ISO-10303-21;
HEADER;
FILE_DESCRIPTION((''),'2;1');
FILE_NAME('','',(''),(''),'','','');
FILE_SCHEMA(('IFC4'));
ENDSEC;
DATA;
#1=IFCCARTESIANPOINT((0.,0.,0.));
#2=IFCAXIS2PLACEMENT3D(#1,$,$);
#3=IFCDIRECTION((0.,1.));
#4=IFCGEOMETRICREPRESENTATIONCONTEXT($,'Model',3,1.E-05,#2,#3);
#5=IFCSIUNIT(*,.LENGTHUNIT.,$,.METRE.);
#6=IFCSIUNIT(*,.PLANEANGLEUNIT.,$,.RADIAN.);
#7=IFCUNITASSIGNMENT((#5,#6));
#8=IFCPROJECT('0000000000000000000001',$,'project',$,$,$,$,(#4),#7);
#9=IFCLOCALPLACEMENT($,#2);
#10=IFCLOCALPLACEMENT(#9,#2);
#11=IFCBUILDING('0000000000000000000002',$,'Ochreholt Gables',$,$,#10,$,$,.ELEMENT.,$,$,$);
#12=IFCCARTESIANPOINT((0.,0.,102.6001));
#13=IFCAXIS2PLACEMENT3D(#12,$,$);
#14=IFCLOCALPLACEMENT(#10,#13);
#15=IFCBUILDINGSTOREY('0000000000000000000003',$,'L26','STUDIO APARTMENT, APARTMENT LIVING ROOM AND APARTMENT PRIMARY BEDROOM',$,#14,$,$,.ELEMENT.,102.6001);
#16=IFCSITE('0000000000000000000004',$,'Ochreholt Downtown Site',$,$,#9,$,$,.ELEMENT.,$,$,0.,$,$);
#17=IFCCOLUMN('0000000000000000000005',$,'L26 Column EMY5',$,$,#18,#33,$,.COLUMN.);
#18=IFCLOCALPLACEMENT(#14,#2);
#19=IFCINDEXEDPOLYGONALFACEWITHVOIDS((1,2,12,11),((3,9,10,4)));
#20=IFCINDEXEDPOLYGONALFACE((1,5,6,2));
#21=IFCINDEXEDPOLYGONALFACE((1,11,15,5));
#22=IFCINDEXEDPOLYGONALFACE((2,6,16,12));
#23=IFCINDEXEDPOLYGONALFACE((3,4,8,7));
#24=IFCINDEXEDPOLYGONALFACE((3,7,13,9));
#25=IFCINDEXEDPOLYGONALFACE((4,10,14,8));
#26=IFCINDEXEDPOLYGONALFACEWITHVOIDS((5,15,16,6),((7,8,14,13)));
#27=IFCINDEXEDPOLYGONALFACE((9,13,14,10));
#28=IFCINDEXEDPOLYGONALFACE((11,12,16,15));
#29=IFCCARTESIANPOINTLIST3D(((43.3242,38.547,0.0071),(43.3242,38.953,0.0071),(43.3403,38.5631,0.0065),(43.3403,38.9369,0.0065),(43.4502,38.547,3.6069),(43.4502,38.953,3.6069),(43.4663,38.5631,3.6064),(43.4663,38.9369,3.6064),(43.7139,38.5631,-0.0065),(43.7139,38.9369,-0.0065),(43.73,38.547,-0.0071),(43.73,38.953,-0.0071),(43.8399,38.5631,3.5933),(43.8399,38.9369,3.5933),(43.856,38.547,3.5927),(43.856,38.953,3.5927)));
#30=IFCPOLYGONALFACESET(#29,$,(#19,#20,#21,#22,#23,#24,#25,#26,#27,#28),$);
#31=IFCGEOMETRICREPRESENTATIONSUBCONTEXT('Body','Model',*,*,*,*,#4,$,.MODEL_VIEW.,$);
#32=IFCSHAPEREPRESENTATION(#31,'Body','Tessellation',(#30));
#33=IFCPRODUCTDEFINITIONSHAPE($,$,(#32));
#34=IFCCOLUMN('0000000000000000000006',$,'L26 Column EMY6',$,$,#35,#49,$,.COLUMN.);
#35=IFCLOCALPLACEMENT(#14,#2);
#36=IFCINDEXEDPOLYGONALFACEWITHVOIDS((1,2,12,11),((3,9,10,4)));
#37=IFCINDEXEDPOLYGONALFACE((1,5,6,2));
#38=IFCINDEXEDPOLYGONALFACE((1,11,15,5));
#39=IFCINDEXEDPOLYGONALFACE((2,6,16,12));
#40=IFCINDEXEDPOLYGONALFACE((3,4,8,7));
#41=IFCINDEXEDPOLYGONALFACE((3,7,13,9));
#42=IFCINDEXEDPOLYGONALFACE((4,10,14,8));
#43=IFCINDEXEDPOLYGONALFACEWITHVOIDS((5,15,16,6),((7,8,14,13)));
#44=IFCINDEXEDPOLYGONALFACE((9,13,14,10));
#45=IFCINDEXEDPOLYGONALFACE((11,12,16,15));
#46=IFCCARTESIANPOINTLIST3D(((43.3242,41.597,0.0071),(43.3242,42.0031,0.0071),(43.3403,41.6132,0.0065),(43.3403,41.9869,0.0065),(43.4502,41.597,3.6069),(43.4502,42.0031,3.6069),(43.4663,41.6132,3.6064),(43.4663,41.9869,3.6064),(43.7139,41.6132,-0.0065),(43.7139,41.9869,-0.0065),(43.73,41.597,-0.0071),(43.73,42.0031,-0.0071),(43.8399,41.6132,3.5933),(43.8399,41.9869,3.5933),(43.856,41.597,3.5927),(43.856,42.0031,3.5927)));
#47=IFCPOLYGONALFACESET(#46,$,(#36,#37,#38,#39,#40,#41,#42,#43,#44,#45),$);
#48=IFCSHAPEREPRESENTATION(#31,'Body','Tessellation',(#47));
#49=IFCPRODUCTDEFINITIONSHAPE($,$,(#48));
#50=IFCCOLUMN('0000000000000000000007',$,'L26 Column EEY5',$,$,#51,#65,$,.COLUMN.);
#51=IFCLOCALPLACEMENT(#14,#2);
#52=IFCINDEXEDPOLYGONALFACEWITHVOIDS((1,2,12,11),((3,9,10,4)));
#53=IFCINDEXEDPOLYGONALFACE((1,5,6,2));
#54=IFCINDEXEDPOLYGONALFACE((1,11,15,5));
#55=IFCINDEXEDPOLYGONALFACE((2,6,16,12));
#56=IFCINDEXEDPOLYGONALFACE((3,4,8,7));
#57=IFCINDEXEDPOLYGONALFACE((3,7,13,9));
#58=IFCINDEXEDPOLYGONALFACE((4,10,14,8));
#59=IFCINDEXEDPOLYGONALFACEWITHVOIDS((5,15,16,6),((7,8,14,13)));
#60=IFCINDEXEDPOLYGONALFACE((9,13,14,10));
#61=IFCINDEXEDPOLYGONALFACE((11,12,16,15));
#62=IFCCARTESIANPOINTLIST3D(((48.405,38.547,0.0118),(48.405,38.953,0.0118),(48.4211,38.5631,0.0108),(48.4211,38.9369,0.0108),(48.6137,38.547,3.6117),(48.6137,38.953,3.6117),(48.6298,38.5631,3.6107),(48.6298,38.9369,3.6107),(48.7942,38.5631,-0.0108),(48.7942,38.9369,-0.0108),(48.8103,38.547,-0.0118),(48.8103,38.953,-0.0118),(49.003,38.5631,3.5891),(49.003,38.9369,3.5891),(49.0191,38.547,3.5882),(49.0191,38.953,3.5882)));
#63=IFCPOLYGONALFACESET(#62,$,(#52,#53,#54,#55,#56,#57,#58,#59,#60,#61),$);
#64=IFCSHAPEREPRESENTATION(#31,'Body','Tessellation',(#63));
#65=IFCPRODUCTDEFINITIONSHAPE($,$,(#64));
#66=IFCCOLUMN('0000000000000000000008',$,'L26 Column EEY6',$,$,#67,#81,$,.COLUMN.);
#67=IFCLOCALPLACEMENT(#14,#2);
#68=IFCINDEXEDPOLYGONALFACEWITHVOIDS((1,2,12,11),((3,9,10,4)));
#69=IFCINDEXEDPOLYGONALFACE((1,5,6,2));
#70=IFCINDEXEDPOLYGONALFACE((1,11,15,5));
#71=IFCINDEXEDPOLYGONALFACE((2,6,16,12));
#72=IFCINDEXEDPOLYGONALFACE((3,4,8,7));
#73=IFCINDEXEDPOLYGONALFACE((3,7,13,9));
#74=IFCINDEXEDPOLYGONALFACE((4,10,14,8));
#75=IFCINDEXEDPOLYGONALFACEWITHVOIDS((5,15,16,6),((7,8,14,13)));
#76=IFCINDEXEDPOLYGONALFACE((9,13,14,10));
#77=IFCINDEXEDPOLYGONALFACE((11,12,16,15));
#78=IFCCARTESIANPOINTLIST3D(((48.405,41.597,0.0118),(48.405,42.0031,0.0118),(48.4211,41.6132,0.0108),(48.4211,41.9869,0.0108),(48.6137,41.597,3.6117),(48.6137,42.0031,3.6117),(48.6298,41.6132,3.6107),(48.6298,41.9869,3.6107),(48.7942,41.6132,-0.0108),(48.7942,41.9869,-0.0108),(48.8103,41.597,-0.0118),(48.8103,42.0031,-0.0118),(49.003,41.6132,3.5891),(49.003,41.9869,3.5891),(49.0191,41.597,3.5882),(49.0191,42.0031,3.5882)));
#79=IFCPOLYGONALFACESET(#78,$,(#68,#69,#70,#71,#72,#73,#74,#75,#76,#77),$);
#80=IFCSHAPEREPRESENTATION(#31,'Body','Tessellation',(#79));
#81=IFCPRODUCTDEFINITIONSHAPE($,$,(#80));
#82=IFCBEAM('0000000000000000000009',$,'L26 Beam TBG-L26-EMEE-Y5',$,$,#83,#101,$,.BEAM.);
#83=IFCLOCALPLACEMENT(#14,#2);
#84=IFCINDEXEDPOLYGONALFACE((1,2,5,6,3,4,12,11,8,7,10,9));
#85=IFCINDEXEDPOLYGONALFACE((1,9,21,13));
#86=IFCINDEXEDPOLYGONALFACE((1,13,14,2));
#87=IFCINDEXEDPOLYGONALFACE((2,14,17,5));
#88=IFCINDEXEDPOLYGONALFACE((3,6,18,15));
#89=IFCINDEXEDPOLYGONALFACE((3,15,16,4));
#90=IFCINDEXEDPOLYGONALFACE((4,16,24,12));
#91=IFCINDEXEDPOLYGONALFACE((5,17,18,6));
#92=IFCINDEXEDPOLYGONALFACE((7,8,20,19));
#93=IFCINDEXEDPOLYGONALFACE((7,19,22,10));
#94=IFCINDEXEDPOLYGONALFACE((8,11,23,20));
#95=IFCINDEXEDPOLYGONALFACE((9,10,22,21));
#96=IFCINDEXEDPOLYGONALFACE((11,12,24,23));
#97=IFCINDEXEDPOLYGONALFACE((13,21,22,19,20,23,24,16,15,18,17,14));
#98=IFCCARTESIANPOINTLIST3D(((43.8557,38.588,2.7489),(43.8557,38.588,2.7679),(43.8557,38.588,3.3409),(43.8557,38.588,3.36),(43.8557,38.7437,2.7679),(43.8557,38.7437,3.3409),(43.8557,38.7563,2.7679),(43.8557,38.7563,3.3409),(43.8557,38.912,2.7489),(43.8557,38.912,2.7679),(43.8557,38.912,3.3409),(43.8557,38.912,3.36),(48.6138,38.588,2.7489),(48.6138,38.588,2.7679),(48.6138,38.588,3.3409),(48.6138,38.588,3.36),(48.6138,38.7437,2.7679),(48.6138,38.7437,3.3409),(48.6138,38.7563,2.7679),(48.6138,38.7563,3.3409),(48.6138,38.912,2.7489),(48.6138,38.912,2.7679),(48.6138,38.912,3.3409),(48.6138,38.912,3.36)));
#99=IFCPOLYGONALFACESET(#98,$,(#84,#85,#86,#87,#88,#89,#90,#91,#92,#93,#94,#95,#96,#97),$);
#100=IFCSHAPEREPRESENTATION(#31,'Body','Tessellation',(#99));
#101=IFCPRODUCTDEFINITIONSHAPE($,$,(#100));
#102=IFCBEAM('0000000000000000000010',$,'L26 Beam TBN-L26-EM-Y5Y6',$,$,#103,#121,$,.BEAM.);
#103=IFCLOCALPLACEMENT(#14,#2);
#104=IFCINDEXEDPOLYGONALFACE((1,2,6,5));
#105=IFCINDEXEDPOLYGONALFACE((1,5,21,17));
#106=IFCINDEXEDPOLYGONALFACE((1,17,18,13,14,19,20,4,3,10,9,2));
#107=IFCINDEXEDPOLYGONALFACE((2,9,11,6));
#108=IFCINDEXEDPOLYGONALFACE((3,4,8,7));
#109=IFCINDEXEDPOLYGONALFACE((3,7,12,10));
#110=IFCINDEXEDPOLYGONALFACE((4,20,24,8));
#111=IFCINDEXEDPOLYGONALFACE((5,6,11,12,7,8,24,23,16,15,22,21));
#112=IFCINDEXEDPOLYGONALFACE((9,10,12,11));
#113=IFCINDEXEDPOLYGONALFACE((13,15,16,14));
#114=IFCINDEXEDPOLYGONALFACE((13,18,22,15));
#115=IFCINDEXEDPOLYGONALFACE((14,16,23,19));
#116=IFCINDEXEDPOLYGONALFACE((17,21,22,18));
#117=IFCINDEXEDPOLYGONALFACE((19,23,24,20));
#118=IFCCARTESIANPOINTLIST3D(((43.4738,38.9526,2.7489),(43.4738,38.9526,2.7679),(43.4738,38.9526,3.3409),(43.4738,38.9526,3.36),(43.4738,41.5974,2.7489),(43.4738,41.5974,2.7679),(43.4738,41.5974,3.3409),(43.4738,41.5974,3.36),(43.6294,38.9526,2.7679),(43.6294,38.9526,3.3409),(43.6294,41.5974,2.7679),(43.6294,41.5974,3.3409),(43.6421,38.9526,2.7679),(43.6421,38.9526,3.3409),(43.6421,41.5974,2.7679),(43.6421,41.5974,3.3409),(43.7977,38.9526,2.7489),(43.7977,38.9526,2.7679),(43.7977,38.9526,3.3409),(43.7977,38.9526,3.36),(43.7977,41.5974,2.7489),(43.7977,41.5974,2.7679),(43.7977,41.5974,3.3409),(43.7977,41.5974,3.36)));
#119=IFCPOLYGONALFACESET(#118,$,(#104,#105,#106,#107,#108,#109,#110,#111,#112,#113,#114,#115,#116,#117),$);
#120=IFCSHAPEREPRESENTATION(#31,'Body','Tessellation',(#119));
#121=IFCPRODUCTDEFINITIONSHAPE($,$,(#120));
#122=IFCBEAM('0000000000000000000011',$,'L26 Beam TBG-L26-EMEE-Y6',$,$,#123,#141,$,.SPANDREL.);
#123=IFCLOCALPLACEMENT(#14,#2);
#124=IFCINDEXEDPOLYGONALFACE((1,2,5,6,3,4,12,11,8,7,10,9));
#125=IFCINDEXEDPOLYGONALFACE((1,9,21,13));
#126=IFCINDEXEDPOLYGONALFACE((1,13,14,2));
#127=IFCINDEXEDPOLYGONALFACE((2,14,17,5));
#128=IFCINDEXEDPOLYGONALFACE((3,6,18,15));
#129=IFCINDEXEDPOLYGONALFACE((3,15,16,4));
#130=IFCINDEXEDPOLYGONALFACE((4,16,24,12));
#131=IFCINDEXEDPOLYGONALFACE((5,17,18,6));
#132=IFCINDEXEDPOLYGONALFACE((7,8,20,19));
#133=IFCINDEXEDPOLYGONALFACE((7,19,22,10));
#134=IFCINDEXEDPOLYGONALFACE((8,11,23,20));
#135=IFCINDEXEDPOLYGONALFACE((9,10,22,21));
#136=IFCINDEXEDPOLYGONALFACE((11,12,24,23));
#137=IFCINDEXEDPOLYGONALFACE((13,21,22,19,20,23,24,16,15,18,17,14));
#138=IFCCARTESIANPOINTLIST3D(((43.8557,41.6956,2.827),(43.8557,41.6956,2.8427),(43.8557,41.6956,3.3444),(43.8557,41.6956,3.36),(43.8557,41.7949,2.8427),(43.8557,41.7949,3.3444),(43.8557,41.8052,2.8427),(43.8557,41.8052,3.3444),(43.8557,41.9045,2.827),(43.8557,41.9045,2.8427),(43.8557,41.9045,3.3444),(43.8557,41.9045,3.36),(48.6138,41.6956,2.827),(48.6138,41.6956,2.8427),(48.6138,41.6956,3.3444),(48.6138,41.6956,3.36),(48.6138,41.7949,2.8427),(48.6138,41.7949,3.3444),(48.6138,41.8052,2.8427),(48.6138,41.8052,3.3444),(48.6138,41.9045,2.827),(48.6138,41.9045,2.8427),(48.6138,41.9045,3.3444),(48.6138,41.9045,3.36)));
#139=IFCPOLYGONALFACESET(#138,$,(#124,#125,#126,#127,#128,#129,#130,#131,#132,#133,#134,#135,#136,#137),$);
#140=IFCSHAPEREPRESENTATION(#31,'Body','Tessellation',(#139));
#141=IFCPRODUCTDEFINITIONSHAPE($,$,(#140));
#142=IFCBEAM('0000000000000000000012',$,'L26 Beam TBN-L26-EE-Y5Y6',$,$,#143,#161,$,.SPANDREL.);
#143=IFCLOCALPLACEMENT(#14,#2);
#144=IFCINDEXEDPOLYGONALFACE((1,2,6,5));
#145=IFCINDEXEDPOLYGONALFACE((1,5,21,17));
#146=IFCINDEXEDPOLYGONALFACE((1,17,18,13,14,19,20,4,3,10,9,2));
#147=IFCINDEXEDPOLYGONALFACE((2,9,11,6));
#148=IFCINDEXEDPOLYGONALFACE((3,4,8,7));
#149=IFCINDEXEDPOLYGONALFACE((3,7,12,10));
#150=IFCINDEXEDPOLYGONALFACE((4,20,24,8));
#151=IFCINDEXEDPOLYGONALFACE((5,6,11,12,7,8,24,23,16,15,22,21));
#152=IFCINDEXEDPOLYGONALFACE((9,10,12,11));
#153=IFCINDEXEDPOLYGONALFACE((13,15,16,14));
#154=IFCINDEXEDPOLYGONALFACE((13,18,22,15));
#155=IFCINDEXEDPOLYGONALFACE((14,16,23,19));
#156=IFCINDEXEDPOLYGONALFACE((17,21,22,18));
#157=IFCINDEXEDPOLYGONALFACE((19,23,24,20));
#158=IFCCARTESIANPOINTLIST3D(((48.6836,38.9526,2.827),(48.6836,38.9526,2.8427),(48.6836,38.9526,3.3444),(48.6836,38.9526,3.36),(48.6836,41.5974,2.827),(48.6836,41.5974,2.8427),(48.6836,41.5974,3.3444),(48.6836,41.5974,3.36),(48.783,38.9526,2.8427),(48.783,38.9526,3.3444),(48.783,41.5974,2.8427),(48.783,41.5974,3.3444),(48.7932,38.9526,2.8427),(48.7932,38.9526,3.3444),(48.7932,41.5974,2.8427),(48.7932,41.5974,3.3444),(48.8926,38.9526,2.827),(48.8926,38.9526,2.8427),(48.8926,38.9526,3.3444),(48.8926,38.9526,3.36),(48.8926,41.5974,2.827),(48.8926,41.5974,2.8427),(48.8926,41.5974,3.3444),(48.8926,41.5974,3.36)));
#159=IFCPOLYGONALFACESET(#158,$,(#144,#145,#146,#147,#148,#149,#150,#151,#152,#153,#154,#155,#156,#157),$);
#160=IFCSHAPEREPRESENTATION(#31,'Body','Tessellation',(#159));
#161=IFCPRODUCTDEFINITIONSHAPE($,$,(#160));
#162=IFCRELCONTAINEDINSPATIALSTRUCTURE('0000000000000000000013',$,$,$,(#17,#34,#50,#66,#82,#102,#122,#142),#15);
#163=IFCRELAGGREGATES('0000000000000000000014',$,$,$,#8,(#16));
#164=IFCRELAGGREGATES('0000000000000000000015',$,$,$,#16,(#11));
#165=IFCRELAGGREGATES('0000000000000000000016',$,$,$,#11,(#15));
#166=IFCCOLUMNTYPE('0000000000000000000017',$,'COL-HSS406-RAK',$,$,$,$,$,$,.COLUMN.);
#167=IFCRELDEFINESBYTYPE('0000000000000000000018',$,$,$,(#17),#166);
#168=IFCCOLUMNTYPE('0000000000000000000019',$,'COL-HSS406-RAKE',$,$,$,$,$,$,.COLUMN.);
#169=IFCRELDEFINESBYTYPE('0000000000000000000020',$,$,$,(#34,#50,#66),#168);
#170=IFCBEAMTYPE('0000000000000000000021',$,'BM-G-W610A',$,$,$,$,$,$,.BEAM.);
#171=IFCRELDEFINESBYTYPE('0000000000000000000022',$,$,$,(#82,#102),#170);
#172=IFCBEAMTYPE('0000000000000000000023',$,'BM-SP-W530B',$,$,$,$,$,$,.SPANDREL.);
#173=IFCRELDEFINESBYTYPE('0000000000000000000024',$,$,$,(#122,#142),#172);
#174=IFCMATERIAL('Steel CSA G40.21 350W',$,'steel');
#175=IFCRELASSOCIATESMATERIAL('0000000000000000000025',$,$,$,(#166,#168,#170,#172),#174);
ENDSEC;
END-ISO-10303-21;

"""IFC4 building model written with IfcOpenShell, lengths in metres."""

from ifc_helpers import new_model, si_unit, direction, frame, origin, origin_2d, place, context, subcontext, project, spatial, hollow_rectangle, i_section, extrude, material, material_profile, profile_set, type_object, element, save


model = new_model("IFC4")

# Units and contexts
model_context = context("Model", 3, precision=1e-05, world=origin(), true_north=direction((0.0, 1.0)))
body_context = subcontext(model_context, "Body", "Model", "MODEL_VIEW")
ifc_project = project(units=[si_unit("LENGTHUNIT", "METRE"), si_unit("PLANEANGLEUNIT", "RADIAN")], contexts=[model_context])

# Site, building, storey
site_placement = place(None, origin())
site = spatial("IfcSite", under=ifc_project, at=site_placement, Name="Ochreholt Downtown Site", CompositionType="ELEMENT", RefElevation=0.0)
building_placement = place(site_placement, origin())
building = spatial("IfcBuilding", under=site, at=building_placement, Name="Ochreholt Gables", CompositionType="ELEMENT")
storey_placement = place(building_placement, frame((0.0, 0.0, 102.6001)))
storey = spatial("IfcBuildingStorey", under=building, at=storey_placement, Name="L26", Description="STUDIO APARTMENT, APARTMENT LIVING ROOM AND APARTMENT PRIMARY BEDROOM", CompositionType="ELEMENT", Elevation=102.6001)

# Columns
ifc_material_1 = material(Name="Steel CSA G40.21 350W", Category="steel")
ifc_material_profile_1 = material_profile(ifc_material_1, hollow_rectangle(XDim=0.406, YDim=0.406, WallThickness=0.0161, at=origin_2d()), Name="HSS406X406X16")
ifc_profile_set_1 = profile_set([ifc_material_profile_1], Name="Steel CSA G40.21 350W")
column_type_1 = type_object("IfcColumnType", Name="COL-HSS406-RAK", PredefinedType="COLUMN", material=ifc_profile_set_1)
column_1_placement = place(storey_placement, frame((43.5271, 38.75, 0.0), z_axis=(0.034974, 0.0, 0.999388), x_axis=(0.0, 1.0, 0.0)))
element("IfcColumn", 1, at=column_1_placement, inside=storey, type_object=column_type_1, Name="L26 Column EMY5", PredefinedType="COLUMN", context=body_context, shape_type="SweptSolid", body=[
    extrude(hollow_rectangle(XDim=0.406, YDim=0.406, WallThickness=0.0161, at=origin_2d()), origin(), (0.0, 0.0, 1.0), 3.6021),
])
ifc_material_profile_2 = material_profile(ifc_material_1, hollow_rectangle(XDim=0.406, YDim=0.406, WallThickness=0.0161, at=origin_2d()), Name="HSS406X406X16")
ifc_profile_set_2 = profile_set([ifc_material_profile_2], Name="Steel CSA G40.21 350W")
column_type_2 = type_object("IfcColumnType", Name="COL-HSS406-RAKE", PredefinedType="COLUMN", material=ifc_profile_set_2)
column_2_placement = place(storey_placement, frame((43.5271, 41.8, 0.0), z_axis=(0.034974, 0.0, 0.999388), x_axis=(0.0, 1.0, 0.0)))
element("IfcColumn", 2, at=column_2_placement, inside=storey, type_object=column_type_2, Name="L26 Column EMY6", PredefinedType="COLUMN", context=body_context, shape_type="SweptSolid", body=[
    extrude(hollow_rectangle(XDim=0.406, YDim=0.406, WallThickness=0.0161, at=origin_2d()), origin(), (0.0, 0.0, 1.0), 3.6021),
])
for number, where, z_axis, x_axis, name in (
    (3, (48.6077, 38.75, 0.0), (0.057889, 0.0, 0.998323), (0.0, 1.0, 0.0), "L26 Column EEY5"),
    (4, (48.6077, 41.8, 0.0), (0.057889, 0.0, 0.998323), (0.0, 1.0, 0.0), "L26 Column EEY6"),
):
    element("IfcColumn", number, at=place(storey_placement, frame(where, z_axis=z_axis, x_axis=x_axis)), inside=storey, type_object=column_type_2, Name=name, PredefinedType="COLUMN", context=body_context, shape_type="SweptSolid", body=[
        extrude(hollow_rectangle(XDim=0.406, YDim=0.406, WallThickness=0.0161, at=origin_2d()), origin(), (0.0, 0.0, 1.0), 3.606),
    ])

# Beams
ifc_material_profile_3 = material_profile(ifc_material_1, i_section(OverallWidth=0.324, OverallDepth=0.6111, WebThickness=0.0127, FlangeThickness=0.019, at=origin_2d()), Name="W610X155")
ifc_profile_set_3 = profile_set([ifc_material_profile_3], Name="Steel CSA G40.21 350W")
beam_type_1 = type_object("IfcBeamType", Name="BM-G-W610A", PredefinedType="BEAM", material=ifc_profile_set_3)
beam_1_placement = place(storey_placement, frame((43.8557, 38.75, 3.0544), z_axis=(1.0, 0.0, 0.0), x_axis=(0.0, 1.0, 0.0)))
element("IfcBeam", 5, at=beam_1_placement, inside=storey, type_object=beam_type_1, Name="L26 Beam TBG-L26-EMEE-Y5", PredefinedType="BEAM", context=body_context, shape_type="SweptSolid", body=[
    extrude(i_section(OverallWidth=0.324, OverallDepth=0.6111, WebThickness=0.0127, FlangeThickness=0.019, at=origin_2d()), origin(), (0.0, 0.0, 1.0), 4.7581),
])
beam_2_placement = place(storey_placement, frame((43.6357, 38.9526, 3.0544), z_axis=(0.0, 1.0, 0.0), x_axis=(-1.0, 0.0, 0.0)))
element("IfcBeam", 6, at=beam_2_placement, inside=storey, type_object=beam_type_1, Name="L26 Beam TBN-L26-EM-Y5Y6", PredefinedType="BEAM", context=body_context, shape_type="SweptSolid", body=[
    extrude(i_section(OverallWidth=0.324, OverallDepth=0.6111, WebThickness=0.0127, FlangeThickness=0.019, at=origin_2d()), origin(), (0.0, 0.0, 1.0), 2.6448),
])
ifc_material_profile_4 = material_profile(ifc_material_1, i_section(OverallWidth=0.209, OverallDepth=0.533, WebThickness=0.0103, FlangeThickness=0.0156, at=origin_2d()), Name="W530X92")
ifc_profile_set_4 = profile_set([ifc_material_profile_4], Name="Steel CSA G40.21 350W")
beam_type_2 = type_object("IfcBeamType", Name="BM-SP-W530B", PredefinedType="SPANDREL", material=ifc_profile_set_4)
beam_3_placement = place(storey_placement, frame((43.8557, 41.8, 3.0935), z_axis=(1.0, 0.0, 0.0), x_axis=(0.0, 1.0, 0.0)))
element("IfcBeam", 7, at=beam_3_placement, inside=storey, type_object=beam_type_2, Name="L26 Beam TBG-L26-EMEE-Y6", PredefinedType="SPANDREL", context=body_context, shape_type="SweptSolid", body=[
    extrude(i_section(OverallWidth=0.209, OverallDepth=0.533, WebThickness=0.0103, FlangeThickness=0.0156, at=origin_2d()), origin(), (0.0, 0.0, 1.0), 4.7581),
])
beam_4_placement = place(storey_placement, frame((48.7881, 38.9526, 3.0935), z_axis=(0.0, 1.0, 0.0), x_axis=(-1.0, 0.0, 0.0)))
element("IfcBeam", 8, at=beam_4_placement, inside=storey, type_object=beam_type_2, Name="L26 Beam TBN-L26-EE-Y5Y6", PredefinedType="SPANDREL", context=body_context, shape_type="SweptSolid", body=[
    extrude(i_section(OverallWidth=0.209, OverallDepth=0.533, WebThickness=0.0103, FlangeThickness=0.0156, at=origin_2d()), origin(), (0.0, 0.0, 1.0), 2.6448),
])

save(model, "model.ifc")
